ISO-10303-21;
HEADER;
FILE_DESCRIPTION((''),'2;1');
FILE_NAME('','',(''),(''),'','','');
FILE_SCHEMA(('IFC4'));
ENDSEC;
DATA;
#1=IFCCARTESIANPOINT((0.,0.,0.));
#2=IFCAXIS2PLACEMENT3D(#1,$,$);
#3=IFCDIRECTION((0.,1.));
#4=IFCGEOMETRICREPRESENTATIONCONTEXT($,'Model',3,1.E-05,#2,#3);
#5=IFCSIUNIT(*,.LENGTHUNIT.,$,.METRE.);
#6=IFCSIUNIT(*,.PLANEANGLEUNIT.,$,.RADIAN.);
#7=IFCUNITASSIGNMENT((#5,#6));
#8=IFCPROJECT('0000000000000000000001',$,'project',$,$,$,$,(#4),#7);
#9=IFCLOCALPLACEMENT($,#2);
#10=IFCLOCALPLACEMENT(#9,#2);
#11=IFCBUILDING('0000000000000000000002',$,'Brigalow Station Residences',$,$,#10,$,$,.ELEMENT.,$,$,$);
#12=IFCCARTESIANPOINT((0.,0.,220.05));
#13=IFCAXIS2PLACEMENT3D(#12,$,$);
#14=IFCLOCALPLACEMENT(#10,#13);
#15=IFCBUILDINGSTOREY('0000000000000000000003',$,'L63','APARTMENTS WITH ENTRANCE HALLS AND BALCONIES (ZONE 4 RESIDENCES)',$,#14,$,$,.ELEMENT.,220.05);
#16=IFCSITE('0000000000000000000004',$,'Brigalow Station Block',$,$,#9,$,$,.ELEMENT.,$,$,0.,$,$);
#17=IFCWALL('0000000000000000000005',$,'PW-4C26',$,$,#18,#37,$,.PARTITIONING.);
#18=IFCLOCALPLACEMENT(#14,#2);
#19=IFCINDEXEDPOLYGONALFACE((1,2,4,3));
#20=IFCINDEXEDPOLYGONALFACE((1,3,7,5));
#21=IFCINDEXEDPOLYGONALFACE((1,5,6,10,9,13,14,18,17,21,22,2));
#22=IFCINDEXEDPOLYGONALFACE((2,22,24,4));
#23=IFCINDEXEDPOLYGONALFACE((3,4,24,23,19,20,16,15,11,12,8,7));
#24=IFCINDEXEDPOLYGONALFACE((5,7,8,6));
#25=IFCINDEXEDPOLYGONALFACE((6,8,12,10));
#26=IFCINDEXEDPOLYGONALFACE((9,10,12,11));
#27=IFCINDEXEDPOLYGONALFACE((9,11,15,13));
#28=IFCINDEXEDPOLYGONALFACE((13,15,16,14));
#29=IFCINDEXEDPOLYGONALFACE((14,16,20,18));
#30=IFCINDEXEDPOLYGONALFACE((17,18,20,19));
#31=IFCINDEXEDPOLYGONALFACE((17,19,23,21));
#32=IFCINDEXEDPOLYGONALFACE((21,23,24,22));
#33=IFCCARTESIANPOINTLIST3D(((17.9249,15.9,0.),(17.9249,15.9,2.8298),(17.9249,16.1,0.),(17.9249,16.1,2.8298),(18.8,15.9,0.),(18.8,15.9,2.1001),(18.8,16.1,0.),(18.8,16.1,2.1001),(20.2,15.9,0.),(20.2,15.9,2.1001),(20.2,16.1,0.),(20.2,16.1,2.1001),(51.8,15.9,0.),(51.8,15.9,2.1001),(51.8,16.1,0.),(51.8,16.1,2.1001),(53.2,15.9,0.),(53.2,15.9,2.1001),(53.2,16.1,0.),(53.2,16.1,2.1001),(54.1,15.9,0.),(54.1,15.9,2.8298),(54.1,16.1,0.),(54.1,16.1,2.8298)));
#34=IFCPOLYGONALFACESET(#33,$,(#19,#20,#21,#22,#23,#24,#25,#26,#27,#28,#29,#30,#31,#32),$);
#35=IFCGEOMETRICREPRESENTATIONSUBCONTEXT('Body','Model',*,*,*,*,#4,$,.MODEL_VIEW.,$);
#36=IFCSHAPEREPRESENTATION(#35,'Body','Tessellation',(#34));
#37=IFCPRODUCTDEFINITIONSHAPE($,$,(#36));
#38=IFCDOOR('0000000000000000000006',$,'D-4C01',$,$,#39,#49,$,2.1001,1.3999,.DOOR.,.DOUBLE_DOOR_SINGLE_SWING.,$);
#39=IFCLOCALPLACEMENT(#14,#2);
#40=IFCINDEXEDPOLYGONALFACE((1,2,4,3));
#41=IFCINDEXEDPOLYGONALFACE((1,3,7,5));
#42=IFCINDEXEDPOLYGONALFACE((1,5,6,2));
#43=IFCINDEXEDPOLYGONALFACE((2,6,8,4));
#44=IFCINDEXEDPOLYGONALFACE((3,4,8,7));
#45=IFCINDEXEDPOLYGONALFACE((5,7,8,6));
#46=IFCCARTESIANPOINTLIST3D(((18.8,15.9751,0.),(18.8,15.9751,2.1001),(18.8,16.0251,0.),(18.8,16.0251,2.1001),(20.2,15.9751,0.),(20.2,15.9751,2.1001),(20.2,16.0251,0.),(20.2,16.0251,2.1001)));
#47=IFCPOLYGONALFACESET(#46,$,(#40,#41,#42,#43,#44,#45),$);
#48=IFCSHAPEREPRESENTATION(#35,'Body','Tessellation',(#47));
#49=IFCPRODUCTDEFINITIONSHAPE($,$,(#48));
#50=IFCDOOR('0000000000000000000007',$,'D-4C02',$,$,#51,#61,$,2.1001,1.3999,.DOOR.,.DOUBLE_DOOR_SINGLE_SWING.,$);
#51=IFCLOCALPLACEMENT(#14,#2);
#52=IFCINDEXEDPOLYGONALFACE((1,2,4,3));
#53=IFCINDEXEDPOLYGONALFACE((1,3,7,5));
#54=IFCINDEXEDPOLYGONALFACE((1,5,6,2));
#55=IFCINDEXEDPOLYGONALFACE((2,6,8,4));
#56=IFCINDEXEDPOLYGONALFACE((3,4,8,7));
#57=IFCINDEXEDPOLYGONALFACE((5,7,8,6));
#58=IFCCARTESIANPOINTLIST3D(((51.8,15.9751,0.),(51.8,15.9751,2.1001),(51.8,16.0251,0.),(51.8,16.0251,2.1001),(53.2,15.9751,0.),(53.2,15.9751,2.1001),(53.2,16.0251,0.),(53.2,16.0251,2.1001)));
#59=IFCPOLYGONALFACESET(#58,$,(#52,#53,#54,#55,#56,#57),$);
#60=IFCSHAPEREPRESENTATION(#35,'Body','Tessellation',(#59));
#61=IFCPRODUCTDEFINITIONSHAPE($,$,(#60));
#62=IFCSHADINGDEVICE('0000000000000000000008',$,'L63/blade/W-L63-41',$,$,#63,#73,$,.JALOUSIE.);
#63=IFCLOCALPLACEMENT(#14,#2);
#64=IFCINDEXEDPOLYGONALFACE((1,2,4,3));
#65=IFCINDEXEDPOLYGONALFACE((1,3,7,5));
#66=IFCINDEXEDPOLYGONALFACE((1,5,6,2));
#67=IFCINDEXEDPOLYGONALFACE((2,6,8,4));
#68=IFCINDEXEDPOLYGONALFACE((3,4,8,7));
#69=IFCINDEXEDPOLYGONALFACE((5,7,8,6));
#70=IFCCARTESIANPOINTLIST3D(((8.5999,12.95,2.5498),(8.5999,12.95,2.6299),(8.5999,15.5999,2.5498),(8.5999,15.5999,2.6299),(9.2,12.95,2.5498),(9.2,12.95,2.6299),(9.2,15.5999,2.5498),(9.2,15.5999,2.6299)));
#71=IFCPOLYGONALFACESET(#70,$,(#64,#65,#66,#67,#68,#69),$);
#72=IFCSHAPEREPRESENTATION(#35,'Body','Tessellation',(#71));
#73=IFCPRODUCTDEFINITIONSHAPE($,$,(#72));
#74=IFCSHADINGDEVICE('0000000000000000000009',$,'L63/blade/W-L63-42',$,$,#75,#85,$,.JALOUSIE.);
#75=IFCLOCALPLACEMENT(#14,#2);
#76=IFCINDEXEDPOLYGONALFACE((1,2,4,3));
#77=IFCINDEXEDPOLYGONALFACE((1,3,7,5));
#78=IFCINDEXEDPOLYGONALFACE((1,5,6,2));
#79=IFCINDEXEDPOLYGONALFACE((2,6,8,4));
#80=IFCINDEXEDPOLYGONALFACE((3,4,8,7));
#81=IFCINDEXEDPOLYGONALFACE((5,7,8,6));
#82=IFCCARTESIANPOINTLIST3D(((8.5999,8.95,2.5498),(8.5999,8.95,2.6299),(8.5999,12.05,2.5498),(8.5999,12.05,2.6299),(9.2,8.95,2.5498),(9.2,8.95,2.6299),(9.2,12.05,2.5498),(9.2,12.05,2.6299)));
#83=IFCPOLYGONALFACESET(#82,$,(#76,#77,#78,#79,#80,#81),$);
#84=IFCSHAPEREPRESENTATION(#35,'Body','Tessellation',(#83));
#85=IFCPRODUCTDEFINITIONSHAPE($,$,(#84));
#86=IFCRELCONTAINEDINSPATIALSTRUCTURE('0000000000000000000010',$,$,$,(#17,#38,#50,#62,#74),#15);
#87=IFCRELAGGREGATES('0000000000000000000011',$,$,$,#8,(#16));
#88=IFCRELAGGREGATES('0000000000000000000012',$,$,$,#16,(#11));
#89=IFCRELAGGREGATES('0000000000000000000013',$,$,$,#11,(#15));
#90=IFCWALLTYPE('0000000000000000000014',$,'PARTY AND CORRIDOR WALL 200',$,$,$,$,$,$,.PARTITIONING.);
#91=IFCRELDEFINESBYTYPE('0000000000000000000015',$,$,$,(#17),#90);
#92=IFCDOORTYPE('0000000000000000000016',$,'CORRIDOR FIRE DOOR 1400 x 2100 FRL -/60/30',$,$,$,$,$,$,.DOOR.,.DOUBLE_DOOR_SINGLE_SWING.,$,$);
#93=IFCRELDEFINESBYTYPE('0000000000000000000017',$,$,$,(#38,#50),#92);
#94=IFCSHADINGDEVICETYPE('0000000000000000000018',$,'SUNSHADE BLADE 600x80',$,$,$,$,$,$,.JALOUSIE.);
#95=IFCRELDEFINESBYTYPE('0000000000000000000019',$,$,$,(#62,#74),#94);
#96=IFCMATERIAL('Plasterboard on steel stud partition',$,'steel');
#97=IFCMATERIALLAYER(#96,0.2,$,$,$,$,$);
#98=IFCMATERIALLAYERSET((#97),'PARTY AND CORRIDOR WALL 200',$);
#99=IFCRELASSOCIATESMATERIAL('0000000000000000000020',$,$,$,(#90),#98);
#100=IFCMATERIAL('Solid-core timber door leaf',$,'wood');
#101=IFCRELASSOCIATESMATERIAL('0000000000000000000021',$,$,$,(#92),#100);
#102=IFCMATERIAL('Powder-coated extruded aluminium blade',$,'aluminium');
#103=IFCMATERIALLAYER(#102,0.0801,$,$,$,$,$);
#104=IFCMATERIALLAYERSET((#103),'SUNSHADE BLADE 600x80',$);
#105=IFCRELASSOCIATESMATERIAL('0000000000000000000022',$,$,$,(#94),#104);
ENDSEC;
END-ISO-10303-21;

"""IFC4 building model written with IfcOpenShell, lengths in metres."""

from ifc_helpers import new_model, si_unit, direction, frame, frame_2d, origin, origin_2d, place, context, subcontext, project, spatial, rectangle, extrude, material, layer, layer_set, type_object, element, fill, save


model = new_model("IFC4")

# Units and contexts
model_context = context("Model", 3, precision=1e-05, world=origin(), true_north=direction((0.0, 1.0)))
body_context = subcontext(model_context, "Body", "Model", "MODEL_VIEW")
ifc_project = project(units=[si_unit("LENGTHUNIT", "METRE"), si_unit("PLANEANGLEUNIT", "RADIAN")], contexts=[model_context])

# Site, building, storey
site_placement = place(None, origin())
site = spatial("IfcSite", under=ifc_project, at=site_placement, Name="Brigalow Station Block", CompositionType="ELEMENT", RefElevation=0.0)
building_placement = place(site_placement, origin())
building = spatial("IfcBuilding", under=site, at=building_placement, Name="Brigalow Station Residences", CompositionType="ELEMENT")
storey_placement = place(building_placement, frame((0.0, 0.0, 220.05)))
storey = spatial("IfcBuildingStorey", under=building, at=storey_placement, Name="L63", Description="APARTMENTS WITH ENTRANCE HALLS AND BALCONIES (ZONE 4 RESIDENCES)", CompositionType="ELEMENT", Elevation=220.05)

# Wall, openings, doors
ifc_material_1 = material(Name="Plasterboard on steel stud partition", Category="steel")
ifc_layer_1 = layer(ifc_material_1, 0.2)
ifc_layer_set_1 = layer_set([ifc_layer_1], Name="PARTY AND CORRIDOR WALL 200")
wall_type_1 = type_object("IfcWallType", Name="PARTY AND CORRIDOR WALL 200", PredefinedType="PARTITIONING", material=ifc_layer_set_1)
wall_1_placement = place(storey_placement, frame((17.925, 16.0, 0.0), z_axis=(0.0, 0.0, 1.0), x_axis=(1.0, 0.0, 0.0)))
wall_1 = element("IfcWall", 1, at=wall_1_placement, inside=storey, type_object=wall_type_1, Name="PW-4C26", PredefinedType="PARTITIONING", context=body_context, shape_type="SweptSolid", body=[
    extrude(rectangle(XDim=36.175, YDim=0.2, at=frame_2d((18.0874, 0.0))), origin(), (0.0, 0.0, 1.0), 2.8298),
])
opening_1_placement = place(wall_1_placement, frame((0.875, 0.0, 0.0)))
opening_1 = element("IfcOpeningElement", 2, at=opening_1_placement, cuts=wall_1, PredefinedType="OPENING", context=body_context, shape_type="SweptSolid", body=[
    extrude(rectangle(XDim=1.3999, YDim=2.1001, at=frame_2d((0.7, 1.05))), frame((0.0, 0.1099, 0.0), z_axis=(0.0, -1.0, 0.0), x_axis=(1.0, 0.0, 0.0)), (0.0, 0.0, 1.0), 0.22),
])
opening_2_placement = place(wall_1_placement, frame((33.875, 0.0, 0.0)))
opening_2 = element("IfcOpeningElement", 3, at=opening_2_placement, cuts=wall_1, PredefinedType="OPENING", context=body_context, shape_type="SweptSolid", body=[
    extrude(rectangle(XDim=1.3999, YDim=2.1001, at=frame_2d((0.7, 1.05))), frame((0.0, 0.1099, 0.0), z_axis=(0.0, -1.0, 0.0), x_axis=(1.0, 0.0, 0.0)), (0.0, 0.0, 1.0), 0.22),
])
ifc_material_2 = material(Name="Solid-core timber door leaf", Category="wood")
door_type_1 = type_object("IfcDoorType", Name="CORRIDOR FIRE DOOR 1400 x 2100 FRL -/60/30", OperationType="DOUBLE_DOOR_SINGLE_SWING", PredefinedType="DOOR", material=ifc_material_2)
door_1_placement = place(opening_1_placement, frame((1.3999, 0.0, 0.0), z_axis=(0.0, 0.0, 1.0), x_axis=(-1.0, 0.0, 0.0)))
door_1 = element("IfcDoor", 4, at=door_1_placement, inside=storey, type_object=door_type_1, Name="D-4C01", OperationType="DOUBLE_DOOR_SINGLE_SWING", OverallHeight=2.1001, OverallWidth=1.3999, PredefinedType="DOOR", context=body_context, shape_type="SweptSolid", body=[
    extrude(rectangle(XDim=1.3999, YDim=2.1001, at=frame_2d((0.7, 1.05))), frame((0.0, 0.0249, 0.0), z_axis=(0.0, -1.0, 0.0), x_axis=(1.0, 0.0, 0.0)), (0.0, 0.0, 1.0), 0.05),
])
fill(opening_1, door_1)
door_2_placement = place(opening_2_placement, frame((1.3999, 0.0, 0.0), z_axis=(0.0, 0.0, 1.0), x_axis=(-1.0, 0.0, 0.0)))
door_2 = element("IfcDoor", 5, at=door_2_placement, inside=storey, type_object=door_type_1, Name="D-4C02", OperationType="DOUBLE_DOOR_SINGLE_SWING", OverallHeight=2.1001, OverallWidth=1.3999, PredefinedType="DOOR", context=body_context, shape_type="SweptSolid", body=[
    extrude(rectangle(XDim=1.3999, YDim=2.1001, at=frame_2d((0.7, 1.05))), frame((0.0, 0.0249, 0.0), z_axis=(0.0, -1.0, 0.0), x_axis=(1.0, 0.0, 0.0)), (0.0, 0.0, 1.0), 0.05),
])
fill(opening_2, door_2)

# Shading devices
ifc_material_3 = material(Name="Powder-coated extruded aluminium blade", Category="aluminium")
ifc_layer_2 = layer(ifc_material_3, 0.0801)
ifc_layer_set_2 = layer_set([ifc_layer_2], Name="SUNSHADE BLADE 600x80")
shading_device_type = type_object("IfcShadingDeviceType", Name="SUNSHADE BLADE 600x80", PredefinedType="JALOUSIE", material=ifc_layer_set_2)
shading_device_1_placement = place(storey_placement, frame((8.8999, 14.2749, 2.5498), z_axis=(0.0, 0.0, 1.0), x_axis=(0.0, -1.0, 0.0)))
element("IfcShadingDevice", 6, at=shading_device_1_placement, inside=storey, type_object=shading_device_type, Name="L63/blade/W-L63-41", PredefinedType="JALOUSIE", context=body_context, shape_type="SweptSolid", body=[
    extrude(rectangle(XDim=2.6499, YDim=0.6001, at=origin_2d()), origin(), (0.0, 0.0, 1.0), 0.0801),
])
shading_device_2_placement = place(storey_placement, frame((8.8999, 10.5, 2.5498), z_axis=(0.0, 0.0, 1.0), x_axis=(0.0, -1.0, 0.0)))
element("IfcShadingDevice", 7, at=shading_device_2_placement, inside=storey, type_object=shading_device_type, Name="L63/blade/W-L63-42", PredefinedType="JALOUSIE", context=body_context, shape_type="SweptSolid", body=[
    extrude(rectangle(XDim=3.1001, YDim=0.6001, at=origin_2d()), origin(), (0.0, 0.0, 1.0), 0.0801),
])

save(model, "model.ifc")
